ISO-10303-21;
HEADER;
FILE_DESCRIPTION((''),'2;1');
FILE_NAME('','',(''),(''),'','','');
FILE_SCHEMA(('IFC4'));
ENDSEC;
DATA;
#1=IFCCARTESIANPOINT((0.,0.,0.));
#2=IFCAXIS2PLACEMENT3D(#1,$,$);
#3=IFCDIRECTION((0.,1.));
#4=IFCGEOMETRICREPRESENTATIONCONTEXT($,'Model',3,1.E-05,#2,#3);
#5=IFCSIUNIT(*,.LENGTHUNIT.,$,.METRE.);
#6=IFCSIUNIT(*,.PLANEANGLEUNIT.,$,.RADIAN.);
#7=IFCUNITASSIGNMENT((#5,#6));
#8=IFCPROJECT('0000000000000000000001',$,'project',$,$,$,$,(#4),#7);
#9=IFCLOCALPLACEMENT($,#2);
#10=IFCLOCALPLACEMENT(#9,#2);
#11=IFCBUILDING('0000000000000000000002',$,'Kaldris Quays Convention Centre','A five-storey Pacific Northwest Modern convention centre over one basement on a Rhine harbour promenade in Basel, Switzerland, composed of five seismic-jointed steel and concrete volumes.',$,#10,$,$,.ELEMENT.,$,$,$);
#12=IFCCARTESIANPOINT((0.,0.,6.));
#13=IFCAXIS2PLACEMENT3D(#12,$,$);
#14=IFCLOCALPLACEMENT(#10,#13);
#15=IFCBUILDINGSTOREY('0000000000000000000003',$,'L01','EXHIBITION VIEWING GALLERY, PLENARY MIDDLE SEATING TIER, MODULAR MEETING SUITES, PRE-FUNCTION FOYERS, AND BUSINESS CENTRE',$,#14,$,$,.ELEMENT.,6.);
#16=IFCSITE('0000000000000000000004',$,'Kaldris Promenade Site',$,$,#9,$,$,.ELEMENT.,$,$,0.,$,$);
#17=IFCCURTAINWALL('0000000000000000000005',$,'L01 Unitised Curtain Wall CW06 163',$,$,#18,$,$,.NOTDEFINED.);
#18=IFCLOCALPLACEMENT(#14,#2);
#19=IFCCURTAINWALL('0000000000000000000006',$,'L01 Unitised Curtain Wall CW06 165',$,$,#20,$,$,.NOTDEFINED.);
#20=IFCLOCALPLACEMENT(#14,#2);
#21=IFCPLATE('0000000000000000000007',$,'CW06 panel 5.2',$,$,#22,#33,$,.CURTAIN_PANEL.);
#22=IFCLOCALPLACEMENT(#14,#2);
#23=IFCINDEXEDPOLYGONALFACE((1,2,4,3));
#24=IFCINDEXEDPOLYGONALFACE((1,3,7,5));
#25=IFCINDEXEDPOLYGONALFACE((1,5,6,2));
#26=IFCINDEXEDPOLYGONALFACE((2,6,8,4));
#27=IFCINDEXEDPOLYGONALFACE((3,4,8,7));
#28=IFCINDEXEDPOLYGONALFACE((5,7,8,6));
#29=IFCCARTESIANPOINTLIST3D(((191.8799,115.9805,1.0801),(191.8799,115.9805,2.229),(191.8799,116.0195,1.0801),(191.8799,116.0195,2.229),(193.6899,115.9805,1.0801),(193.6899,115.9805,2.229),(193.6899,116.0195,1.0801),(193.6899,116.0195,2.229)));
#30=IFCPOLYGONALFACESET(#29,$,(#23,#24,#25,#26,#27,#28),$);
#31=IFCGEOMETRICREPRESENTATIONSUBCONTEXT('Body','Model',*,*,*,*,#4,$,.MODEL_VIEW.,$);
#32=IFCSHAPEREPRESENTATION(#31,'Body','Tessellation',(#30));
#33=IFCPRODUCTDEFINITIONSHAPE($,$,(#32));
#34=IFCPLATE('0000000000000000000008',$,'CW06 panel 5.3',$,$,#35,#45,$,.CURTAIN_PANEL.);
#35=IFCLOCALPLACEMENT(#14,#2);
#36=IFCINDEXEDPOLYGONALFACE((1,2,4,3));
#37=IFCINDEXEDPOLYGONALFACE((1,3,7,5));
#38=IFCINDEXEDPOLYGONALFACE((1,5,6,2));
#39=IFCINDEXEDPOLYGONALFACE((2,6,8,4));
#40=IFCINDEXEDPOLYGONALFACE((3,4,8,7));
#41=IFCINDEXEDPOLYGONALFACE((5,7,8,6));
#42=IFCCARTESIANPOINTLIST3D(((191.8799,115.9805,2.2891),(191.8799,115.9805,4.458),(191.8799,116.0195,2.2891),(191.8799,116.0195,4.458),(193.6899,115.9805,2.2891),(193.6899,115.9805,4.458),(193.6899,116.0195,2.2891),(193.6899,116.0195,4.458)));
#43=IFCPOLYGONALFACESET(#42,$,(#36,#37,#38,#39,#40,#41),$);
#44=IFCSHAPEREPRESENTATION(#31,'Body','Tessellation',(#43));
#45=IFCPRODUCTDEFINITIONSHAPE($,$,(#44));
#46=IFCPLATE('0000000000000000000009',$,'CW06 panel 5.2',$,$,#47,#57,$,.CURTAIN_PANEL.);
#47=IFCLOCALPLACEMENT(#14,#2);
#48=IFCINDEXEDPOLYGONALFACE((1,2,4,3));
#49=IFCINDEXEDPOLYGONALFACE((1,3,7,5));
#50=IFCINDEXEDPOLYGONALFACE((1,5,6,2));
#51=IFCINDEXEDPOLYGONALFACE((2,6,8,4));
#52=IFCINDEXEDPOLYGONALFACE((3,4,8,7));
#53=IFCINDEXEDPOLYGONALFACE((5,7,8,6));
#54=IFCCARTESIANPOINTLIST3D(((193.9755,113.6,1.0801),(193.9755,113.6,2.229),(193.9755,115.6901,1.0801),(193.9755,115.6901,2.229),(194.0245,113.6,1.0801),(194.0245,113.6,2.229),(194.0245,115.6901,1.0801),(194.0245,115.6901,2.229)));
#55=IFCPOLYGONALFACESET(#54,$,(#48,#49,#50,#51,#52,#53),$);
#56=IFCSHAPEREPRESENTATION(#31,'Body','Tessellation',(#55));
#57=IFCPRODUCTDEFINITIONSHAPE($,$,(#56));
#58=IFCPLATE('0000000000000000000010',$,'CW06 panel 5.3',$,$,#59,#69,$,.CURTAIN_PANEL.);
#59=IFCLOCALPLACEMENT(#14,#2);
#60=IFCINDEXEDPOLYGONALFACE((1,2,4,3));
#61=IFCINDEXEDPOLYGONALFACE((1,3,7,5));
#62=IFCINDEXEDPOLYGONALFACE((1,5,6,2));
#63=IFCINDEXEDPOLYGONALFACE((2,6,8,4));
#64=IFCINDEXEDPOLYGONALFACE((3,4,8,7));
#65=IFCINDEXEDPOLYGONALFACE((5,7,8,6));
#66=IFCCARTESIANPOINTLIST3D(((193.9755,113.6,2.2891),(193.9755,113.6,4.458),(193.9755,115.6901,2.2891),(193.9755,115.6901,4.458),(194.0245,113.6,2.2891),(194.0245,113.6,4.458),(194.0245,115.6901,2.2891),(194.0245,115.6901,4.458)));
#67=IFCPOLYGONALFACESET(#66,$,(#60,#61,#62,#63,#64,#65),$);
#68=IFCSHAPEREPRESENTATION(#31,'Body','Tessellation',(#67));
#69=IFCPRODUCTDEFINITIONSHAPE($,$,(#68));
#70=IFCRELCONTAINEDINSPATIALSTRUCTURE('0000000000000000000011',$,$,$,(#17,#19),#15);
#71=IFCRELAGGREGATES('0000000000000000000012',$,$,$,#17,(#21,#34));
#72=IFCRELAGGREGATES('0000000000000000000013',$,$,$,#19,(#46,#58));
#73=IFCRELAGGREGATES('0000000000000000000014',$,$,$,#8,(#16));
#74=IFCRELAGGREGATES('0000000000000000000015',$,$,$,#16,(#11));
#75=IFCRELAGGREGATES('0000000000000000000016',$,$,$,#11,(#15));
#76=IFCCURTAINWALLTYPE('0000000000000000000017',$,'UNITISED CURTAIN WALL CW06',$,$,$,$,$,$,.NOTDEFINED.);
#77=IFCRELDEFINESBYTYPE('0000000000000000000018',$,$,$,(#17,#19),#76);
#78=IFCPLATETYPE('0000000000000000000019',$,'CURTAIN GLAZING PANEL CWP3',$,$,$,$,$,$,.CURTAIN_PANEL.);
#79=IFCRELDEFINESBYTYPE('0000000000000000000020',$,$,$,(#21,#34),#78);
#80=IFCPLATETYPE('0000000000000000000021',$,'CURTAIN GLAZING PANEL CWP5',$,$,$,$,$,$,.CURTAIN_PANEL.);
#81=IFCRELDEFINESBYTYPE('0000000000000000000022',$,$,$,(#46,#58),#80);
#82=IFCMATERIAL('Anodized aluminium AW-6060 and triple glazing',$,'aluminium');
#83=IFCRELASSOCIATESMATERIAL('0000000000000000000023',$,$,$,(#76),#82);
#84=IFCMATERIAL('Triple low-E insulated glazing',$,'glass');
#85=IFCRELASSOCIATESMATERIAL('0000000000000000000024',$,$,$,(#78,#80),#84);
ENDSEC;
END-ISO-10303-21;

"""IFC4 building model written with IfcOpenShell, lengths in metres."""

from ifc_helpers import new_model, si_unit, direction, frame, origin, origin_2d, place, context, subcontext, project, spatial, rectangle, extrude, material, type_object, element, aggregate, save


model = new_model("IFC4")

# Units and contexts
model_context = context("Model", 3, precision=1e-05, world=origin(), true_north=direction((0.0, 1.0)))
body_context = subcontext(model_context, "Body", "Model", "MODEL_VIEW")
ifc_project = project(units=[si_unit("LENGTHUNIT", "METRE"), si_unit("PLANEANGLEUNIT", "RADIAN")], contexts=[model_context])

# Site, building, storey
site_placement = place(None, origin())
site = spatial("IfcSite", under=ifc_project, at=site_placement, Name="Kaldris Promenade Site", CompositionType="ELEMENT", RefElevation=0.0)
building_placement = place(site_placement, origin())
building = spatial("IfcBuilding", under=site, at=building_placement, Name="Kaldris Quays Convention Centre", Description="A five-storey Pacific Northwest Modern convention centre over one basement on a Rhine harbour promenade in Basel, Switzerland, composed of five seismic-jointed steel and concrete volumes.", CompositionType="ELEMENT")
storey_placement = place(building_placement, frame((0.0, 0.0, 6.0)))
storey = spatial("IfcBuildingStorey", under=building, at=storey_placement, Name="L01", Description="EXHIBITION VIEWING GALLERY, PLENARY MIDDLE SEATING TIER, MODULAR MEETING SUITES, PRE-FUNCTION FOYERS, AND BUSINESS CENTRE", CompositionType="ELEMENT", Elevation=6.0)

# Curtain wall
ifc_material_1 = material(Name="Anodized aluminium AW-6060 and triple glazing", Category="aluminium")
curtain_wall_type = type_object("IfcCurtainWallType", Name="UNITISED CURTAIN WALL CW06", PredefinedType="NOTDEFINED", material=ifc_material_1)
curtain_wall_1_placement = place(storey_placement, origin())
curtain_wall_1 = element("IfcCurtainWall", 1, at=curtain_wall_1_placement, inside=storey, type_object=curtain_wall_type, Name="L01 Unitised Curtain Wall CW06 163", PredefinedType="NOTDEFINED")

# Curtain wall
curtain_wall_2_placement = place(storey_placement, origin())
curtain_wall_2 = element("IfcCurtainWall", 2, at=curtain_wall_2_placement, inside=storey, type_object=curtain_wall_type, Name="L01 Unitised Curtain Wall CW06 165", PredefinedType="NOTDEFINED")

# Plates
ifc_material_2 = material(Name="Triple low-E insulated glazing", Category="glass")
plate_type_1 = type_object("IfcPlateType", Name="CURTAIN GLAZING PANEL CWP3", PredefinedType="CURTAIN_PANEL", material=ifc_material_2)
plate_1_placement = place(storey_placement, frame((192.7849, 116.0, 1.0801), z_axis=(0.0, 0.0, 1.0), x_axis=(1.0, 0.0, 0.0)))
plate_1 = element("IfcPlate", 3, at=plate_1_placement, type_object=plate_type_1, Name="CW06 panel 5.2", PredefinedType="CURTAIN_PANEL", context=body_context, shape_type="SweptSolid", body=[
    extrude(rectangle(XDim=1.8101, YDim=0.0391, at=origin_2d()), origin(), (0.0, 0.0, 1.0), 1.1489),
])
plate_2_placement = place(storey_placement, frame((192.7849, 116.0, 2.2891), z_axis=(0.0, 0.0, 1.0), x_axis=(1.0, 0.0, 0.0)))
plate_2 = element("IfcPlate", 4, at=plate_2_placement, type_object=plate_type_1, Name="CW06 panel 5.3", PredefinedType="CURTAIN_PANEL", context=body_context, shape_type="SweptSolid", body=[
    extrude(rectangle(XDim=1.8101, YDim=0.0391, at=origin_2d()), origin(), (0.0, 0.0, 1.0), 2.1689),
])
aggregate(curtain_wall_1, [plate_1, plate_2])
plate_type_2 = type_object("IfcPlateType", Name="CURTAIN GLAZING PANEL CWP5", PredefinedType="CURTAIN_PANEL", material=ifc_material_2)
plate_3_placement = place(storey_placement, frame((194.0, 114.645, 1.0801), z_axis=(0.0, 0.0, 1.0), x_axis=(0.0, 1.0, 0.0)))
plate_3 = element("IfcPlate", 5, at=plate_3_placement, type_object=plate_type_2, Name="CW06 panel 5.2", PredefinedType="CURTAIN_PANEL", context=body_context, shape_type="SweptSolid", body=[
    extrude(rectangle(XDim=2.0901, YDim=0.0491, at=origin_2d()), origin(), (0.0, 0.0, 1.0), 1.1489),
])
plate_4_placement = place(storey_placement, frame((194.0, 114.645, 2.2891), z_axis=(0.0, 0.0, 1.0), x_axis=(0.0, 1.0, 0.0)))
plate_4 = element("IfcPlate", 6, at=plate_4_placement, type_object=plate_type_2, Name="CW06 panel 5.3", PredefinedType="CURTAIN_PANEL", context=body_context, shape_type="SweptSolid", body=[
    extrude(rectangle(XDim=2.0901, YDim=0.0491, at=origin_2d()), origin(), (0.0, 0.0, 1.0), 2.1689),
])
aggregate(curtain_wall_2, [plate_3, plate_4])

save(model, "model.ifc")
